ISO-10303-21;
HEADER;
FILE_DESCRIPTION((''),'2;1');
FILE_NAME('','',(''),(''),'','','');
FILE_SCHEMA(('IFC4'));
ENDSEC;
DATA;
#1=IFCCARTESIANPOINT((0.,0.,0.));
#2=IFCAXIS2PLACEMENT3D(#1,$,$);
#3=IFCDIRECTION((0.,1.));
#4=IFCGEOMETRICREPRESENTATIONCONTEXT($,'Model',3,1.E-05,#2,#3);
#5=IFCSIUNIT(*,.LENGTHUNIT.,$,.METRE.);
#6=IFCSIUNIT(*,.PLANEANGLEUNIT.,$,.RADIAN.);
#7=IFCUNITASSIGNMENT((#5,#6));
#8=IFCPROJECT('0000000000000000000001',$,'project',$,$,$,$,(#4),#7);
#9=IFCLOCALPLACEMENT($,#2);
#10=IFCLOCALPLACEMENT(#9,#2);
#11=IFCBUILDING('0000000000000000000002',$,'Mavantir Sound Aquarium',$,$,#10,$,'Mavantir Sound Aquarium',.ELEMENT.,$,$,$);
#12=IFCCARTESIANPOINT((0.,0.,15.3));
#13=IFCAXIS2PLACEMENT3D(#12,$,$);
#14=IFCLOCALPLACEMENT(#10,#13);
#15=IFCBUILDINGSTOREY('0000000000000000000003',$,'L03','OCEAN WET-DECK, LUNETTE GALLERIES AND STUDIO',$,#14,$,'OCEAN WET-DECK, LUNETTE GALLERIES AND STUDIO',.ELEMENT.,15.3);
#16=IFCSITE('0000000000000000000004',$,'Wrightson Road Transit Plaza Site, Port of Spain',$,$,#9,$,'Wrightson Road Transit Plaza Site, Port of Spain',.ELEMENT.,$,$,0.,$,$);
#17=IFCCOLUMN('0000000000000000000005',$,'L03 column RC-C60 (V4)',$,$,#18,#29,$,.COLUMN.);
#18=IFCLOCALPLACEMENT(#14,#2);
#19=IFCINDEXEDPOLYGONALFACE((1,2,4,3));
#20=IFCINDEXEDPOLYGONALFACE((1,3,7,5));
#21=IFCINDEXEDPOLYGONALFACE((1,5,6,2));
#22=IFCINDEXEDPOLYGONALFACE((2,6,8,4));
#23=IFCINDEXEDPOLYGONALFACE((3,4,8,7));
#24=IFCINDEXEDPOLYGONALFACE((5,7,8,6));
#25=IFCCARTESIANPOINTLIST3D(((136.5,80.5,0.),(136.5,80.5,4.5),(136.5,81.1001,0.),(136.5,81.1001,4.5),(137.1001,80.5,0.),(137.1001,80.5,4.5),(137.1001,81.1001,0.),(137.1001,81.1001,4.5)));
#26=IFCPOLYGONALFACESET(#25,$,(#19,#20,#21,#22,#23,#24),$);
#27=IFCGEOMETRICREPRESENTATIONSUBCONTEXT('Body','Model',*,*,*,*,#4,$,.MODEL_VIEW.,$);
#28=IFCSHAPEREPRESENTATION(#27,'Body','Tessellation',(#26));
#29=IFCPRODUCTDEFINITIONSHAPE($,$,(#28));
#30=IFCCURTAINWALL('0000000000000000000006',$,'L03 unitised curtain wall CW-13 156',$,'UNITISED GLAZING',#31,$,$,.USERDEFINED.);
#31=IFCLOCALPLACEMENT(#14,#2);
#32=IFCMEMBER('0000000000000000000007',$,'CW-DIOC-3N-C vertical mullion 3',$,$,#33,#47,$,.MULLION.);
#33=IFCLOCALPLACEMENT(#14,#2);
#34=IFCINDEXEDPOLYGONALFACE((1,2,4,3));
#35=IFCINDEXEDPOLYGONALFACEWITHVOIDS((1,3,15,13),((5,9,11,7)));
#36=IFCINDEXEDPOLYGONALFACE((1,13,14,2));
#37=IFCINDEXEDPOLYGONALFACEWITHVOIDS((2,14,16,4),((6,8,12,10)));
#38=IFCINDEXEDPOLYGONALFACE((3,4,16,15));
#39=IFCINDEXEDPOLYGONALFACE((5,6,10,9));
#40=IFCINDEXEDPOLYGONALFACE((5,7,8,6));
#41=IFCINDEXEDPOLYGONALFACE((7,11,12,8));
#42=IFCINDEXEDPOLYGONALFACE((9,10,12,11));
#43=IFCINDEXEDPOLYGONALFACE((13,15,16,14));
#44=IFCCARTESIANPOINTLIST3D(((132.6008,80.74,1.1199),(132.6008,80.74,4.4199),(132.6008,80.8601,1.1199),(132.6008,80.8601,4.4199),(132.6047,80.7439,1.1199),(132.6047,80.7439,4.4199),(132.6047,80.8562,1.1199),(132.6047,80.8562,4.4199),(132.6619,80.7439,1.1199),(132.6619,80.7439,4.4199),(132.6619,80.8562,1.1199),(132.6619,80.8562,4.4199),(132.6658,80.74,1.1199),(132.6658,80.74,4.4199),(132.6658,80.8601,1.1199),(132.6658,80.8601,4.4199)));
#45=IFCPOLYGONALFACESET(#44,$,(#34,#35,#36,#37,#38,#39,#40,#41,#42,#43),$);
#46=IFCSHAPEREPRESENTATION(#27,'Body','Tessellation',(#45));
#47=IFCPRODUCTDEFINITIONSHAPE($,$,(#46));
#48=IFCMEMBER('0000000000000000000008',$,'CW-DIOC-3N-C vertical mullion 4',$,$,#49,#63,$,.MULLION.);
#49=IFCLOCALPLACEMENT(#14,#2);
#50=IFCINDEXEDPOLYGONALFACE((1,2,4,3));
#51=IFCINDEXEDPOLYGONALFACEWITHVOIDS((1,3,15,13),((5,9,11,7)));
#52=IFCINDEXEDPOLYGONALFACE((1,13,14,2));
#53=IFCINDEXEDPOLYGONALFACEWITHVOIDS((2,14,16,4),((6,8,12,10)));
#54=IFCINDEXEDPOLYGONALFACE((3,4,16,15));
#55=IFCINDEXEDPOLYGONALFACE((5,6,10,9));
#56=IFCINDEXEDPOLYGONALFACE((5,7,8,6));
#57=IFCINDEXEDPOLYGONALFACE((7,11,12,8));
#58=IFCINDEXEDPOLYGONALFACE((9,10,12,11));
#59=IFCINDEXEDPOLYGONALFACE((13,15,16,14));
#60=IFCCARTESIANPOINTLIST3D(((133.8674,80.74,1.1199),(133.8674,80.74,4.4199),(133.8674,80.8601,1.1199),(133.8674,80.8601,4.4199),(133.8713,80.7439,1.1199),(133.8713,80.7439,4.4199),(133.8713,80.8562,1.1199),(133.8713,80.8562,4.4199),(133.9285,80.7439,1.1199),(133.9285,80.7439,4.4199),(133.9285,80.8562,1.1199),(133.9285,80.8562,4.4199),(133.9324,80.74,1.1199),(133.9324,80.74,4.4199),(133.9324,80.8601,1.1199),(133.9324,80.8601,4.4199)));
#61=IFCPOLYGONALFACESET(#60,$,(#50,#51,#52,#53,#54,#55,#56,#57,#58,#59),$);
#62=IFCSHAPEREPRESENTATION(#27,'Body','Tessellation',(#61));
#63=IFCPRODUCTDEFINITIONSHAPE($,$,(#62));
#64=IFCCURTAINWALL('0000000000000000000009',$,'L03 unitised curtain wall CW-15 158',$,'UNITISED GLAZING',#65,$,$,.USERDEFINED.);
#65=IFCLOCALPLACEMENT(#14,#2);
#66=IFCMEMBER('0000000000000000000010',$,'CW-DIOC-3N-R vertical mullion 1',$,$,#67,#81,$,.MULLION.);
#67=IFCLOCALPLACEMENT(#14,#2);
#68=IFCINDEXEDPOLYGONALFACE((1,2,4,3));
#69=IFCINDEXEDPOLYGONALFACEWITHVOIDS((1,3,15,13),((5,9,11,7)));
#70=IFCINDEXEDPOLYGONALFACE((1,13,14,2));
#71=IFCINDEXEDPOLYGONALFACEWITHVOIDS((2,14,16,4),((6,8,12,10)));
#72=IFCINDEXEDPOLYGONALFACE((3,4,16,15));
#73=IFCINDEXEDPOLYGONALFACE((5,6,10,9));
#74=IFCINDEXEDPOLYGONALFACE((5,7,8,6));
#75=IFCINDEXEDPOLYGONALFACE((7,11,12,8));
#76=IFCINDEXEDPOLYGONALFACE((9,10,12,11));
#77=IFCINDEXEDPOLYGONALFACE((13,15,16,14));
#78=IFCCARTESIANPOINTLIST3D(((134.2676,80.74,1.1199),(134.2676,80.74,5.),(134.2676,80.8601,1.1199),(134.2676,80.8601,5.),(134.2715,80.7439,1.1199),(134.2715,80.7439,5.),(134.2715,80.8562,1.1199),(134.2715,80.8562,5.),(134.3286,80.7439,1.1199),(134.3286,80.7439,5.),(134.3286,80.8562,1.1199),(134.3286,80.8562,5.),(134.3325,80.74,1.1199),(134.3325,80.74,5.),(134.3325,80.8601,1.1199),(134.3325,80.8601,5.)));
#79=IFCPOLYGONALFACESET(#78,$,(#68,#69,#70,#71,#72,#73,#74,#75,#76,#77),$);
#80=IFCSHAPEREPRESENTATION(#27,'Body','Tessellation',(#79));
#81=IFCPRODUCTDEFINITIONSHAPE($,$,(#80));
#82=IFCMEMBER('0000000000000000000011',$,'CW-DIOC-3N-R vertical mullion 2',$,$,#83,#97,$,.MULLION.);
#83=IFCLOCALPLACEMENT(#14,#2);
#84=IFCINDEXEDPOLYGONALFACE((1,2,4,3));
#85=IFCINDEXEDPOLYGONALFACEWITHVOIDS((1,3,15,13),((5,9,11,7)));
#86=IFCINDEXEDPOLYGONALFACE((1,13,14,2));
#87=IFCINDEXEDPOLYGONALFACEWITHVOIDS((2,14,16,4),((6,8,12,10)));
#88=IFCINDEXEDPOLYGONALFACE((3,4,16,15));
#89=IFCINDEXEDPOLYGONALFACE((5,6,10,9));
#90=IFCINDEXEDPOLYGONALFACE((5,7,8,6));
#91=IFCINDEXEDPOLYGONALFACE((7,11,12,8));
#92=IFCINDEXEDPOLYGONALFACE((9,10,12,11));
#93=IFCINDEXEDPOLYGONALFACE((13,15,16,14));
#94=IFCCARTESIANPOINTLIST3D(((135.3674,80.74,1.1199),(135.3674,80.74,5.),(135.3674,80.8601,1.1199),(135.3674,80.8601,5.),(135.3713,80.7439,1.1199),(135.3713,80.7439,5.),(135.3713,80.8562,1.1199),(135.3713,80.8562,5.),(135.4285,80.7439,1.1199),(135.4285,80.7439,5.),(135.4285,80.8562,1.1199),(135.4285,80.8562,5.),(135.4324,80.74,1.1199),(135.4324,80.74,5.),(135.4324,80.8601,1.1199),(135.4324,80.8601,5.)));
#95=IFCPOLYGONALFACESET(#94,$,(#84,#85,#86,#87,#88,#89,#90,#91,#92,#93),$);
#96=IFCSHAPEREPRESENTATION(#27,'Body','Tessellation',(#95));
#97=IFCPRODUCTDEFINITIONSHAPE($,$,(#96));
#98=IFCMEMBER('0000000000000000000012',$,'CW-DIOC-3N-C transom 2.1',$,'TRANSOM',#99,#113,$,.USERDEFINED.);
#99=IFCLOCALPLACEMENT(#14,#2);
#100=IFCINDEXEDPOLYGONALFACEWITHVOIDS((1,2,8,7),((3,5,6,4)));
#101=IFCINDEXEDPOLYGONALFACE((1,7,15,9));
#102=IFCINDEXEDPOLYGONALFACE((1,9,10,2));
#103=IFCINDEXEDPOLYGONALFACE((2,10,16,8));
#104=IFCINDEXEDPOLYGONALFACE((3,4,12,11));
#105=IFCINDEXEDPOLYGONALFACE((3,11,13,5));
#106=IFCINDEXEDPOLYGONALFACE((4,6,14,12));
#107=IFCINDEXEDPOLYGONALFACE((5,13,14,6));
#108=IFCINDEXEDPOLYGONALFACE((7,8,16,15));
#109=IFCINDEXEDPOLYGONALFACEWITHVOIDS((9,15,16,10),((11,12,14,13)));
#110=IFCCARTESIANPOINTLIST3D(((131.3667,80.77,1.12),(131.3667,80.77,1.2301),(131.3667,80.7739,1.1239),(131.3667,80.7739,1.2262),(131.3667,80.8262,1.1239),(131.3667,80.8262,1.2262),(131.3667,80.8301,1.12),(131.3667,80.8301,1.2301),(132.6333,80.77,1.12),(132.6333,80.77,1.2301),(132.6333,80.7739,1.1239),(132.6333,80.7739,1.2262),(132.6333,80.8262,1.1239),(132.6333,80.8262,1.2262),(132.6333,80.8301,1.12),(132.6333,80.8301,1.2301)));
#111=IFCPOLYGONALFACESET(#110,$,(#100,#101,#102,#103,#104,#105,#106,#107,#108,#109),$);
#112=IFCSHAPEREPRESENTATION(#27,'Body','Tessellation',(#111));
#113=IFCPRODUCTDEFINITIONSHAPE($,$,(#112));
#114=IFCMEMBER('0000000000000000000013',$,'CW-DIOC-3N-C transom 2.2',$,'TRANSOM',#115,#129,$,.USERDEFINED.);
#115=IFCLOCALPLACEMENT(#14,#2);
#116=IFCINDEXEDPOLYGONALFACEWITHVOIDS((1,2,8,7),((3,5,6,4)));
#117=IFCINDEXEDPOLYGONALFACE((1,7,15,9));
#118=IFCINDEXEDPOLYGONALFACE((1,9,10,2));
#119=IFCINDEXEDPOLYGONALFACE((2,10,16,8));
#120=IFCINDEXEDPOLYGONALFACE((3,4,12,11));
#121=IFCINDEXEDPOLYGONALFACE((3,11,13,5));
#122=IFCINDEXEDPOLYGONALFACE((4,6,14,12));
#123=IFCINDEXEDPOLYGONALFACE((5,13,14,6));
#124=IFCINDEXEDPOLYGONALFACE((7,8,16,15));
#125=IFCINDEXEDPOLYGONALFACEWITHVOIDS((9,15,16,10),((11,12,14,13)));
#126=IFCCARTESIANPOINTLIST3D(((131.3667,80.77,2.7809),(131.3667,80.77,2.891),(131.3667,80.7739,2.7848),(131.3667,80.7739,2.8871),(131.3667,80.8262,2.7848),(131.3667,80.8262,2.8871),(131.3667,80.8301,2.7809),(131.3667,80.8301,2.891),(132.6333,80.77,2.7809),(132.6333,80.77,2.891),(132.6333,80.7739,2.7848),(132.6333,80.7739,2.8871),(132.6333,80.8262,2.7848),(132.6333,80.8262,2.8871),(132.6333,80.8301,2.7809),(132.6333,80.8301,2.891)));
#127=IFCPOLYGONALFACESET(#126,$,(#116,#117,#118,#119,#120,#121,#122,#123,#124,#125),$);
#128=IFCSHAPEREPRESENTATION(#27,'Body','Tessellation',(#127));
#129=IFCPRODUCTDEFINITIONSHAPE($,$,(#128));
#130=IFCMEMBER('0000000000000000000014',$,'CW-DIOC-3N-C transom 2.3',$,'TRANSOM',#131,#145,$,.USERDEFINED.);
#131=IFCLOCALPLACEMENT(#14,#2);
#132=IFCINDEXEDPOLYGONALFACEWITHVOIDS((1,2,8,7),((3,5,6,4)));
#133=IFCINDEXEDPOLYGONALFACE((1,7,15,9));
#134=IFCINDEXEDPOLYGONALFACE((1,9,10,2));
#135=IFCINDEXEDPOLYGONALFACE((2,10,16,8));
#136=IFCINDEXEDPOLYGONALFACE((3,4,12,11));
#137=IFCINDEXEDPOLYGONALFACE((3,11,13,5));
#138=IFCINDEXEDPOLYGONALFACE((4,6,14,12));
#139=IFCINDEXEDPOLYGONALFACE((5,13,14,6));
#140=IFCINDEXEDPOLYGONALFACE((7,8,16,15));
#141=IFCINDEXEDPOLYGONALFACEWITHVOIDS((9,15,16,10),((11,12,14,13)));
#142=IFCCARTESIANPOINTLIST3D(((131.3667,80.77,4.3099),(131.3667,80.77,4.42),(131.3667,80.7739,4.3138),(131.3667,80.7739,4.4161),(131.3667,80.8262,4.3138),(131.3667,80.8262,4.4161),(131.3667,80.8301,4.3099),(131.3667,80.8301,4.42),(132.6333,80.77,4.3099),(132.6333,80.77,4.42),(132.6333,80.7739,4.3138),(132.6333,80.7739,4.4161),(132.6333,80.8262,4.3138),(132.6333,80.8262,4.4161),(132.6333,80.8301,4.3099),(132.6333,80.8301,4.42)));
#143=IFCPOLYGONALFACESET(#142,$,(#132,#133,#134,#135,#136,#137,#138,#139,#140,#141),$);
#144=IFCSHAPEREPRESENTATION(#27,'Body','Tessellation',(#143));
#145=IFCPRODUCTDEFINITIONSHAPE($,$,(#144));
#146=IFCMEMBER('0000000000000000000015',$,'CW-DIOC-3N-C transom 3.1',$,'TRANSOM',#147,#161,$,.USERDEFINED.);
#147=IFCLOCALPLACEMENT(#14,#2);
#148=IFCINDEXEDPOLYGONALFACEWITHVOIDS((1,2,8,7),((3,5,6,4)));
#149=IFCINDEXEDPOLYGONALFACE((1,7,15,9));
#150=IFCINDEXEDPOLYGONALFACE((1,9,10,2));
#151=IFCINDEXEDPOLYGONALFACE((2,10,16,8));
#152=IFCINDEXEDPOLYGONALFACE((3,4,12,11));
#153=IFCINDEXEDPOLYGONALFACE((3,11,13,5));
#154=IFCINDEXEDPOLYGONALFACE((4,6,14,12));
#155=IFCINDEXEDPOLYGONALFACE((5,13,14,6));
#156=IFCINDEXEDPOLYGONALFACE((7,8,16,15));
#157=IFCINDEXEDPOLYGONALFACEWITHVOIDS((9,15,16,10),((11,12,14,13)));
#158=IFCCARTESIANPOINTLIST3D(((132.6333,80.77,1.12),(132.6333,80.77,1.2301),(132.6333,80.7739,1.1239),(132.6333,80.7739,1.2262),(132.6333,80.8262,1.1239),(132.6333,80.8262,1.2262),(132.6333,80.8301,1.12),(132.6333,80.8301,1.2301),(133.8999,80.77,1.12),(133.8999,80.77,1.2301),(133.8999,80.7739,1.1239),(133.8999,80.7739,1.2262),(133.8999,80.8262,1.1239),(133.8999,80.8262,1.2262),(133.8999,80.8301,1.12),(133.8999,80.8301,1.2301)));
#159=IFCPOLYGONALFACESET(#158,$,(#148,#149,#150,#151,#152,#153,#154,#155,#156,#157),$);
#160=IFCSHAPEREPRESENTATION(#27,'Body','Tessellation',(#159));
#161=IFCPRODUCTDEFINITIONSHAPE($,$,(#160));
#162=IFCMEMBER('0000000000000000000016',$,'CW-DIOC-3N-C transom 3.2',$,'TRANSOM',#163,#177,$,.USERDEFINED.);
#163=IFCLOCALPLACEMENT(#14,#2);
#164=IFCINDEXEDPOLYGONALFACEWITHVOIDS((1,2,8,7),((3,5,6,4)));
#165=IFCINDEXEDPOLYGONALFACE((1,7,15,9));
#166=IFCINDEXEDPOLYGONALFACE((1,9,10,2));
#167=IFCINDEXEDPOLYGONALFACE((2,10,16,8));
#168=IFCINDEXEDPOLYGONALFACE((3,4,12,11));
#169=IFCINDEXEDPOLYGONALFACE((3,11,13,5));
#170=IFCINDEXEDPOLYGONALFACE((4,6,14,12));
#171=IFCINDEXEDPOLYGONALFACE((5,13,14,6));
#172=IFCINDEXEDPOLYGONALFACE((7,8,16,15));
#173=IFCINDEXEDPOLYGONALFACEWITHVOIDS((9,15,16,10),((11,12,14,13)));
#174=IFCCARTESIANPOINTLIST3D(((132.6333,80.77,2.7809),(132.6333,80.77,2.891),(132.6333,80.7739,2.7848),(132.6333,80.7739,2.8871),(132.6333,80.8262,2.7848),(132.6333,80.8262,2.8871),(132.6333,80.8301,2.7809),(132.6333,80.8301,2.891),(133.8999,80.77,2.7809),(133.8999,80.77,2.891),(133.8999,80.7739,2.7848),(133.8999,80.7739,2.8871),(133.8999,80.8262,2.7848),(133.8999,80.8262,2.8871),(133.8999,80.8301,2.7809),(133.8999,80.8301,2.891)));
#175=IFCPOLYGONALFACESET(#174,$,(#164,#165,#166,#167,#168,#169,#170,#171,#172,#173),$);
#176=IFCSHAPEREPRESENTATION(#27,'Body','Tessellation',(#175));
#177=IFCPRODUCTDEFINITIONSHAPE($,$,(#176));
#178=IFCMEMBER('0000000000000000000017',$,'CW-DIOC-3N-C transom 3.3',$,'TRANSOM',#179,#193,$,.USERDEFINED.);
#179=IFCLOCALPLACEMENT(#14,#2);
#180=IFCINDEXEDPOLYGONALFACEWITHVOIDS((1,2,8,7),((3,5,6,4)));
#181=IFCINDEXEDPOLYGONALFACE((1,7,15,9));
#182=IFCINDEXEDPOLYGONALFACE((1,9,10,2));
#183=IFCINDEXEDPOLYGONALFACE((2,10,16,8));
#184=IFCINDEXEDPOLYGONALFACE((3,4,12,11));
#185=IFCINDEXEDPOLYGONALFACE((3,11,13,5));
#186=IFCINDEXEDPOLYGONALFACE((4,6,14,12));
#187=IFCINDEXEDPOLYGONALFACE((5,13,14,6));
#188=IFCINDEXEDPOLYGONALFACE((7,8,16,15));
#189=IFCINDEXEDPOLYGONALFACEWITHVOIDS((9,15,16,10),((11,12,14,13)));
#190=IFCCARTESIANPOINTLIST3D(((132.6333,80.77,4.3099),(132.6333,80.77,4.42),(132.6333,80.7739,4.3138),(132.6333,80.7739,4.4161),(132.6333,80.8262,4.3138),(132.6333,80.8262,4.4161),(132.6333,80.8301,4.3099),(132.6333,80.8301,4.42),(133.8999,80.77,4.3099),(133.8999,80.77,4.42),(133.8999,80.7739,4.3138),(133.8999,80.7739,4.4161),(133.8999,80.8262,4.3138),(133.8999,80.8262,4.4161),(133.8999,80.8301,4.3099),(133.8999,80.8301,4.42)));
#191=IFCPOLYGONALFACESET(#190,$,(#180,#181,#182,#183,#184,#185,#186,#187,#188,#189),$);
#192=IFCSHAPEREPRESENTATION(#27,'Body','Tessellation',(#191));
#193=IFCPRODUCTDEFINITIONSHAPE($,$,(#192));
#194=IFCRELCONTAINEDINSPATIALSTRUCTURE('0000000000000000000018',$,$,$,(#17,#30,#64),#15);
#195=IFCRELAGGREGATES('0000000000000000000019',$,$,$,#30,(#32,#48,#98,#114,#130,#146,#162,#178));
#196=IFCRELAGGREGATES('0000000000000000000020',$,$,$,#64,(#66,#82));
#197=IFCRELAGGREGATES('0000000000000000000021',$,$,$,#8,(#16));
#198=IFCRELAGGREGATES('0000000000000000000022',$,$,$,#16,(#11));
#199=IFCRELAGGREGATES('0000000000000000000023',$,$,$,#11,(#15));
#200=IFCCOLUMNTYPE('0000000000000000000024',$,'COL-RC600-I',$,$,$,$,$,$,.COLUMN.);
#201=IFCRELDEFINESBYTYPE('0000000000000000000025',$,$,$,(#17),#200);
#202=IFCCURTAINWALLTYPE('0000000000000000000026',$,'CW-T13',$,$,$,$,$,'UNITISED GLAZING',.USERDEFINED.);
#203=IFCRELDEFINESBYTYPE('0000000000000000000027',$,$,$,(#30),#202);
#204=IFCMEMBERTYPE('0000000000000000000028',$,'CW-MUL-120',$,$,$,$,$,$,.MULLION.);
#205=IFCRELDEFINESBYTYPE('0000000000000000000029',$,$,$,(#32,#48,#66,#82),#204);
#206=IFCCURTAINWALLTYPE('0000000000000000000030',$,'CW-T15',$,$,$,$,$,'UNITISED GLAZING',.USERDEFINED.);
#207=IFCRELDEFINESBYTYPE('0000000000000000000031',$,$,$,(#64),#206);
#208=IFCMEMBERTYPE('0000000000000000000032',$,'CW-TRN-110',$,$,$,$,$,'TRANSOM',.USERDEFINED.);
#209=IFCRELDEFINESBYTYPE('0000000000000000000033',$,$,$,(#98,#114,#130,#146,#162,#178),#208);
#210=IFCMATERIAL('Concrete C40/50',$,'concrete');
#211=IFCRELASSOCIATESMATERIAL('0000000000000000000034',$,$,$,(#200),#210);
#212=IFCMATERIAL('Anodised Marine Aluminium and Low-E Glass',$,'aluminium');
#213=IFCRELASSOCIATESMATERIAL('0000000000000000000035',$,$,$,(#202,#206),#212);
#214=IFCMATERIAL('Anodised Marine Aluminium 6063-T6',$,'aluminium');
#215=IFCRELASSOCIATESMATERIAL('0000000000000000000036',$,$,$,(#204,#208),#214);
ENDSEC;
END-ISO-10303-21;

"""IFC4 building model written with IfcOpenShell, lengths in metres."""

from ifc_helpers import new_model, si_unit, direction, frame, origin, origin_2d, place, context, subcontext, project, spatial, rectangle, hollow_rectangle, extrude, material, material_profile, profile_set, type_object, element, aggregate, save


model = new_model("IFC4")

# Units and contexts
model_context = context("Model", 3, precision=1e-05, world=origin(), true_north=direction((0.0, 1.0)))
body_context = subcontext(model_context, "Body", "Model", "MODEL_VIEW")
ifc_project = project(units=[si_unit("LENGTHUNIT", "METRE"), si_unit("PLANEANGLEUNIT", "RADIAN")], contexts=[model_context])

# Site, building, storey
site_placement = place(None, origin())
site = spatial("IfcSite", under=ifc_project, at=site_placement, Name="Wrightson Road Transit Plaza Site, Port of Spain", LongName="Wrightson Road Transit Plaza Site, Port of Spain", CompositionType="ELEMENT", RefElevation=0.0)
building_placement = place(site_placement, origin())
building = spatial("IfcBuilding", under=site, at=building_placement, Name="Mavantir Sound Aquarium", LongName="Mavantir Sound Aquarium", CompositionType="ELEMENT")
storey_placement = place(building_placement, frame((0.0, 0.0, 15.3)))
storey = spatial("IfcBuildingStorey", under=building, at=storey_placement, Name="L03", Description="OCEAN WET-DECK, LUNETTE GALLERIES AND STUDIO", LongName="OCEAN WET-DECK, LUNETTE GALLERIES AND STUDIO", CompositionType="ELEMENT", Elevation=15.3)

# Column
ifc_material_1 = material(Name="Concrete C40/50", Category="concrete")
ifc_material_profile_1 = material_profile(ifc_material_1, rectangle(XDim=0.6001, YDim=0.6001, at=origin_2d()), Name="RC 600X600")
ifc_profile_set_1 = profile_set([ifc_material_profile_1], Name="Concrete C40/50")
column_type = type_object("IfcColumnType", Name="COL-RC600-I", PredefinedType="COLUMN", material=ifc_profile_set_1)
column_placement = place(storey_placement, frame((136.8, 80.8, 0.0), z_axis=(0.0, 0.0, 1.0), x_axis=(1.0, 0.0, 0.0)))
element("IfcColumn", 1, at=column_placement, inside=storey, type_object=column_type, Name="L03 column RC-C60 (V4)", PredefinedType="COLUMN", context=body_context, shape_type="SweptSolid", body=[
    extrude(rectangle(XDim=0.6001, YDim=0.6001, at=origin_2d()), origin(), (0.0, 0.0, 1.0), 4.5),
])

# Curtain walls, members
ifc_material_2 = material(Name="Anodised Marine Aluminium and Low-E Glass", Category="aluminium")
curtain_wall_type_1 = type_object("IfcCurtainWallType", Name="CW-T13", ElementType="UNITISED GLAZING", PredefinedType="USERDEFINED", material=ifc_material_2)
curtain_wall_1_placement = place(storey_placement, origin())
curtain_wall_1 = element("IfcCurtainWall", 2, at=curtain_wall_1_placement, inside=storey, type_object=curtain_wall_type_1, Name="L03 unitised curtain wall CW-13 156", ObjectType="UNITISED GLAZING", PredefinedType="USERDEFINED")
ifc_material_3 = material(Name="Anodised Marine Aluminium 6063-T6", Category="aluminium")
ifc_material_profile_2 = material_profile(ifc_material_3, hollow_rectangle(XDim=0.0649, YDim=0.1201, WallThickness=0.0039, at=origin_2d()), Name="ALU-MULLION-120X65")
ifc_profile_set_2 = profile_set([ifc_material_profile_2], Name="Anodised Marine Aluminium 6063-T6")
member_type_1 = type_object("IfcMemberType", Name="CW-MUL-120", PredefinedType="MULLION", material=ifc_profile_set_2)
member_1_placement = place(storey_placement, frame((132.6333, 80.8, 1.1199), z_axis=(0.0, 0.0, 1.0), x_axis=(1.0, 0.0, 0.0)))
member_1 = element("IfcMember", 3, at=member_1_placement, type_object=member_type_1, Name="CW-DIOC-3N-C vertical mullion 3", PredefinedType="MULLION", context=body_context, shape_type="SweptSolid", body=[
    extrude(hollow_rectangle(XDim=0.0649, YDim=0.1201, WallThickness=0.0039, at=origin_2d()), origin(), (0.0, 0.0, 1.0), 3.3),
])
member_2_placement = place(storey_placement, frame((133.8999, 80.8, 1.1199), z_axis=(0.0, 0.0, 1.0), x_axis=(1.0, 0.0, 0.0)))
member_2 = element("IfcMember", 4, at=member_2_placement, type_object=member_type_1, Name="CW-DIOC-3N-C vertical mullion 4", PredefinedType="MULLION", context=body_context, shape_type="SweptSolid", body=[
    extrude(hollow_rectangle(XDim=0.0649, YDim=0.1201, WallThickness=0.0039, at=origin_2d()), origin(), (0.0, 0.0, 1.0), 3.3),
])
curtain_wall_type_2 = type_object("IfcCurtainWallType", Name="CW-T15", ElementType="UNITISED GLAZING", PredefinedType="USERDEFINED", material=ifc_material_2)
curtain_wall_2_placement = place(storey_placement, origin())
curtain_wall_2 = element("IfcCurtainWall", 5, at=curtain_wall_2_placement, inside=storey, type_object=curtain_wall_type_2, Name="L03 unitised curtain wall CW-15 158", ObjectType="UNITISED GLAZING", PredefinedType="USERDEFINED")
member_3_placement = place(storey_placement, frame((134.3, 80.8, 1.1199), z_axis=(0.0, 0.0, 1.0), x_axis=(1.0, 0.0, 0.0)))
member_3 = element("IfcMember", 6, at=member_3_placement, type_object=member_type_1, Name="CW-DIOC-3N-R vertical mullion 1", PredefinedType="MULLION", context=body_context, shape_type="SweptSolid", body=[
    extrude(hollow_rectangle(XDim=0.0649, YDim=0.1201, WallThickness=0.0039, at=origin_2d()), origin(), (0.0, 0.0, 1.0), 3.8801),
])
member_4_placement = place(storey_placement, frame((135.3999, 80.8, 1.1199), z_axis=(0.0, 0.0, 1.0), x_axis=(1.0, 0.0, 0.0)))
member_4 = element("IfcMember", 7, at=member_4_placement, type_object=member_type_1, Name="CW-DIOC-3N-R vertical mullion 2", PredefinedType="MULLION", context=body_context, shape_type="SweptSolid", body=[
    extrude(hollow_rectangle(XDim=0.0649, YDim=0.1201, WallThickness=0.0039, at=origin_2d()), origin(), (0.0, 0.0, 1.0), 3.8801),
])

# Members
ifc_material_profile_3 = material_profile(ifc_material_3, hollow_rectangle(XDim=0.0601, YDim=0.1101, WallThickness=0.0039, at=origin_2d()), Name="ALU-TRANSOM-110X60")
ifc_profile_set_3 = profile_set([ifc_material_profile_3], Name="Anodised Marine Aluminium 6063-T6")
member_type_2 = type_object("IfcMemberType", Name="CW-TRN-110", ElementType="TRANSOM", PredefinedType="USERDEFINED", material=ifc_profile_set_3)
member_5_placement = place(storey_placement, frame((131.3667, 80.8, 1.175), z_axis=(1.0, 0.0, 0.0), x_axis=(0.0, 1.0, 0.0)))
member_5 = element("IfcMember", 8, at=member_5_placement, type_object=member_type_2, Name="CW-DIOC-3N-C transom 2.1", ObjectType="TRANSOM", PredefinedType="USERDEFINED", context=body_context, shape_type="SweptSolid", body=[
    extrude(hollow_rectangle(XDim=0.0601, YDim=0.1101, WallThickness=0.0039, at=origin_2d()), origin(), (0.0, 0.0, 1.0), 1.2666),
])
member_6_placement = place(storey_placement, frame((131.3667, 80.8, 2.8359), z_axis=(1.0, 0.0, 0.0), x_axis=(0.0, 1.0, 0.0)))
member_6 = element("IfcMember", 9, at=member_6_placement, type_object=member_type_2, Name="CW-DIOC-3N-C transom 2.2", ObjectType="TRANSOM", PredefinedType="USERDEFINED", context=body_context, shape_type="SweptSolid", body=[
    extrude(hollow_rectangle(XDim=0.0601, YDim=0.1101, WallThickness=0.0039, at=origin_2d()), origin(), (0.0, 0.0, 1.0), 1.2666),
])
member_7_placement = place(storey_placement, frame((131.3667, 80.8, 4.365), z_axis=(1.0, 0.0, 0.0), x_axis=(0.0, 1.0, 0.0)))
member_7 = element("IfcMember", 10, at=member_7_placement, type_object=member_type_2, Name="CW-DIOC-3N-C transom 2.3", ObjectType="TRANSOM", PredefinedType="USERDEFINED", context=body_context, shape_type="SweptSolid", body=[
    extrude(hollow_rectangle(XDim=0.0601, YDim=0.1101, WallThickness=0.0039, at=origin_2d()), origin(), (0.0, 0.0, 1.0), 1.2666),
])
member_8_placement = place(storey_placement, frame((132.6333, 80.8, 1.175), z_axis=(1.0, 0.0, 0.0), x_axis=(0.0, 1.0, 0.0)))
member_8 = element("IfcMember", 11, at=member_8_placement, type_object=member_type_2, Name="CW-DIOC-3N-C transom 3.1", ObjectType="TRANSOM", PredefinedType="USERDEFINED", context=body_context, shape_type="SweptSolid", body=[
    extrude(hollow_rectangle(XDim=0.0601, YDim=0.1101, WallThickness=0.0039, at=origin_2d()), origin(), (0.0, 0.0, 1.0), 1.2666),
])
member_9_placement = place(storey_placement, frame((132.6333, 80.8, 2.8359), z_axis=(1.0, 0.0, 0.0), x_axis=(0.0, 1.0, 0.0)))
member_9 = element("IfcMember", 12, at=member_9_placement, type_object=member_type_2, Name="CW-DIOC-3N-C transom 3.2", ObjectType="TRANSOM", PredefinedType="USERDEFINED", context=body_context, shape_type="SweptSolid", body=[
    extrude(hollow_rectangle(XDim=0.0601, YDim=0.1101, WallThickness=0.0039, at=origin_2d()), origin(), (0.0, 0.0, 1.0), 1.2666),
])
member_10_placement = place(storey_placement, frame((132.6333, 80.8, 4.365), z_axis=(1.0, 0.0, 0.0), x_axis=(0.0, 1.0, 0.0)))
member_10 = element("IfcMember", 13, at=member_10_placement, type_object=member_type_2, Name="CW-DIOC-3N-C transom 3.3", ObjectType="TRANSOM", PredefinedType="USERDEFINED", context=body_context, shape_type="SweptSolid", body=[
    extrude(hollow_rectangle(XDim=0.0601, YDim=0.1101, WallThickness=0.0039, at=origin_2d()), origin(), (0.0, 0.0, 1.0), 1.2666),
])

aggregate(curtain_wall_1, [member_1, member_2, member_5, member_6, member_7, member_8, member_9, member_10])
aggregate(curtain_wall_2, [member_3, member_4])

save(model, "model.ifc")
